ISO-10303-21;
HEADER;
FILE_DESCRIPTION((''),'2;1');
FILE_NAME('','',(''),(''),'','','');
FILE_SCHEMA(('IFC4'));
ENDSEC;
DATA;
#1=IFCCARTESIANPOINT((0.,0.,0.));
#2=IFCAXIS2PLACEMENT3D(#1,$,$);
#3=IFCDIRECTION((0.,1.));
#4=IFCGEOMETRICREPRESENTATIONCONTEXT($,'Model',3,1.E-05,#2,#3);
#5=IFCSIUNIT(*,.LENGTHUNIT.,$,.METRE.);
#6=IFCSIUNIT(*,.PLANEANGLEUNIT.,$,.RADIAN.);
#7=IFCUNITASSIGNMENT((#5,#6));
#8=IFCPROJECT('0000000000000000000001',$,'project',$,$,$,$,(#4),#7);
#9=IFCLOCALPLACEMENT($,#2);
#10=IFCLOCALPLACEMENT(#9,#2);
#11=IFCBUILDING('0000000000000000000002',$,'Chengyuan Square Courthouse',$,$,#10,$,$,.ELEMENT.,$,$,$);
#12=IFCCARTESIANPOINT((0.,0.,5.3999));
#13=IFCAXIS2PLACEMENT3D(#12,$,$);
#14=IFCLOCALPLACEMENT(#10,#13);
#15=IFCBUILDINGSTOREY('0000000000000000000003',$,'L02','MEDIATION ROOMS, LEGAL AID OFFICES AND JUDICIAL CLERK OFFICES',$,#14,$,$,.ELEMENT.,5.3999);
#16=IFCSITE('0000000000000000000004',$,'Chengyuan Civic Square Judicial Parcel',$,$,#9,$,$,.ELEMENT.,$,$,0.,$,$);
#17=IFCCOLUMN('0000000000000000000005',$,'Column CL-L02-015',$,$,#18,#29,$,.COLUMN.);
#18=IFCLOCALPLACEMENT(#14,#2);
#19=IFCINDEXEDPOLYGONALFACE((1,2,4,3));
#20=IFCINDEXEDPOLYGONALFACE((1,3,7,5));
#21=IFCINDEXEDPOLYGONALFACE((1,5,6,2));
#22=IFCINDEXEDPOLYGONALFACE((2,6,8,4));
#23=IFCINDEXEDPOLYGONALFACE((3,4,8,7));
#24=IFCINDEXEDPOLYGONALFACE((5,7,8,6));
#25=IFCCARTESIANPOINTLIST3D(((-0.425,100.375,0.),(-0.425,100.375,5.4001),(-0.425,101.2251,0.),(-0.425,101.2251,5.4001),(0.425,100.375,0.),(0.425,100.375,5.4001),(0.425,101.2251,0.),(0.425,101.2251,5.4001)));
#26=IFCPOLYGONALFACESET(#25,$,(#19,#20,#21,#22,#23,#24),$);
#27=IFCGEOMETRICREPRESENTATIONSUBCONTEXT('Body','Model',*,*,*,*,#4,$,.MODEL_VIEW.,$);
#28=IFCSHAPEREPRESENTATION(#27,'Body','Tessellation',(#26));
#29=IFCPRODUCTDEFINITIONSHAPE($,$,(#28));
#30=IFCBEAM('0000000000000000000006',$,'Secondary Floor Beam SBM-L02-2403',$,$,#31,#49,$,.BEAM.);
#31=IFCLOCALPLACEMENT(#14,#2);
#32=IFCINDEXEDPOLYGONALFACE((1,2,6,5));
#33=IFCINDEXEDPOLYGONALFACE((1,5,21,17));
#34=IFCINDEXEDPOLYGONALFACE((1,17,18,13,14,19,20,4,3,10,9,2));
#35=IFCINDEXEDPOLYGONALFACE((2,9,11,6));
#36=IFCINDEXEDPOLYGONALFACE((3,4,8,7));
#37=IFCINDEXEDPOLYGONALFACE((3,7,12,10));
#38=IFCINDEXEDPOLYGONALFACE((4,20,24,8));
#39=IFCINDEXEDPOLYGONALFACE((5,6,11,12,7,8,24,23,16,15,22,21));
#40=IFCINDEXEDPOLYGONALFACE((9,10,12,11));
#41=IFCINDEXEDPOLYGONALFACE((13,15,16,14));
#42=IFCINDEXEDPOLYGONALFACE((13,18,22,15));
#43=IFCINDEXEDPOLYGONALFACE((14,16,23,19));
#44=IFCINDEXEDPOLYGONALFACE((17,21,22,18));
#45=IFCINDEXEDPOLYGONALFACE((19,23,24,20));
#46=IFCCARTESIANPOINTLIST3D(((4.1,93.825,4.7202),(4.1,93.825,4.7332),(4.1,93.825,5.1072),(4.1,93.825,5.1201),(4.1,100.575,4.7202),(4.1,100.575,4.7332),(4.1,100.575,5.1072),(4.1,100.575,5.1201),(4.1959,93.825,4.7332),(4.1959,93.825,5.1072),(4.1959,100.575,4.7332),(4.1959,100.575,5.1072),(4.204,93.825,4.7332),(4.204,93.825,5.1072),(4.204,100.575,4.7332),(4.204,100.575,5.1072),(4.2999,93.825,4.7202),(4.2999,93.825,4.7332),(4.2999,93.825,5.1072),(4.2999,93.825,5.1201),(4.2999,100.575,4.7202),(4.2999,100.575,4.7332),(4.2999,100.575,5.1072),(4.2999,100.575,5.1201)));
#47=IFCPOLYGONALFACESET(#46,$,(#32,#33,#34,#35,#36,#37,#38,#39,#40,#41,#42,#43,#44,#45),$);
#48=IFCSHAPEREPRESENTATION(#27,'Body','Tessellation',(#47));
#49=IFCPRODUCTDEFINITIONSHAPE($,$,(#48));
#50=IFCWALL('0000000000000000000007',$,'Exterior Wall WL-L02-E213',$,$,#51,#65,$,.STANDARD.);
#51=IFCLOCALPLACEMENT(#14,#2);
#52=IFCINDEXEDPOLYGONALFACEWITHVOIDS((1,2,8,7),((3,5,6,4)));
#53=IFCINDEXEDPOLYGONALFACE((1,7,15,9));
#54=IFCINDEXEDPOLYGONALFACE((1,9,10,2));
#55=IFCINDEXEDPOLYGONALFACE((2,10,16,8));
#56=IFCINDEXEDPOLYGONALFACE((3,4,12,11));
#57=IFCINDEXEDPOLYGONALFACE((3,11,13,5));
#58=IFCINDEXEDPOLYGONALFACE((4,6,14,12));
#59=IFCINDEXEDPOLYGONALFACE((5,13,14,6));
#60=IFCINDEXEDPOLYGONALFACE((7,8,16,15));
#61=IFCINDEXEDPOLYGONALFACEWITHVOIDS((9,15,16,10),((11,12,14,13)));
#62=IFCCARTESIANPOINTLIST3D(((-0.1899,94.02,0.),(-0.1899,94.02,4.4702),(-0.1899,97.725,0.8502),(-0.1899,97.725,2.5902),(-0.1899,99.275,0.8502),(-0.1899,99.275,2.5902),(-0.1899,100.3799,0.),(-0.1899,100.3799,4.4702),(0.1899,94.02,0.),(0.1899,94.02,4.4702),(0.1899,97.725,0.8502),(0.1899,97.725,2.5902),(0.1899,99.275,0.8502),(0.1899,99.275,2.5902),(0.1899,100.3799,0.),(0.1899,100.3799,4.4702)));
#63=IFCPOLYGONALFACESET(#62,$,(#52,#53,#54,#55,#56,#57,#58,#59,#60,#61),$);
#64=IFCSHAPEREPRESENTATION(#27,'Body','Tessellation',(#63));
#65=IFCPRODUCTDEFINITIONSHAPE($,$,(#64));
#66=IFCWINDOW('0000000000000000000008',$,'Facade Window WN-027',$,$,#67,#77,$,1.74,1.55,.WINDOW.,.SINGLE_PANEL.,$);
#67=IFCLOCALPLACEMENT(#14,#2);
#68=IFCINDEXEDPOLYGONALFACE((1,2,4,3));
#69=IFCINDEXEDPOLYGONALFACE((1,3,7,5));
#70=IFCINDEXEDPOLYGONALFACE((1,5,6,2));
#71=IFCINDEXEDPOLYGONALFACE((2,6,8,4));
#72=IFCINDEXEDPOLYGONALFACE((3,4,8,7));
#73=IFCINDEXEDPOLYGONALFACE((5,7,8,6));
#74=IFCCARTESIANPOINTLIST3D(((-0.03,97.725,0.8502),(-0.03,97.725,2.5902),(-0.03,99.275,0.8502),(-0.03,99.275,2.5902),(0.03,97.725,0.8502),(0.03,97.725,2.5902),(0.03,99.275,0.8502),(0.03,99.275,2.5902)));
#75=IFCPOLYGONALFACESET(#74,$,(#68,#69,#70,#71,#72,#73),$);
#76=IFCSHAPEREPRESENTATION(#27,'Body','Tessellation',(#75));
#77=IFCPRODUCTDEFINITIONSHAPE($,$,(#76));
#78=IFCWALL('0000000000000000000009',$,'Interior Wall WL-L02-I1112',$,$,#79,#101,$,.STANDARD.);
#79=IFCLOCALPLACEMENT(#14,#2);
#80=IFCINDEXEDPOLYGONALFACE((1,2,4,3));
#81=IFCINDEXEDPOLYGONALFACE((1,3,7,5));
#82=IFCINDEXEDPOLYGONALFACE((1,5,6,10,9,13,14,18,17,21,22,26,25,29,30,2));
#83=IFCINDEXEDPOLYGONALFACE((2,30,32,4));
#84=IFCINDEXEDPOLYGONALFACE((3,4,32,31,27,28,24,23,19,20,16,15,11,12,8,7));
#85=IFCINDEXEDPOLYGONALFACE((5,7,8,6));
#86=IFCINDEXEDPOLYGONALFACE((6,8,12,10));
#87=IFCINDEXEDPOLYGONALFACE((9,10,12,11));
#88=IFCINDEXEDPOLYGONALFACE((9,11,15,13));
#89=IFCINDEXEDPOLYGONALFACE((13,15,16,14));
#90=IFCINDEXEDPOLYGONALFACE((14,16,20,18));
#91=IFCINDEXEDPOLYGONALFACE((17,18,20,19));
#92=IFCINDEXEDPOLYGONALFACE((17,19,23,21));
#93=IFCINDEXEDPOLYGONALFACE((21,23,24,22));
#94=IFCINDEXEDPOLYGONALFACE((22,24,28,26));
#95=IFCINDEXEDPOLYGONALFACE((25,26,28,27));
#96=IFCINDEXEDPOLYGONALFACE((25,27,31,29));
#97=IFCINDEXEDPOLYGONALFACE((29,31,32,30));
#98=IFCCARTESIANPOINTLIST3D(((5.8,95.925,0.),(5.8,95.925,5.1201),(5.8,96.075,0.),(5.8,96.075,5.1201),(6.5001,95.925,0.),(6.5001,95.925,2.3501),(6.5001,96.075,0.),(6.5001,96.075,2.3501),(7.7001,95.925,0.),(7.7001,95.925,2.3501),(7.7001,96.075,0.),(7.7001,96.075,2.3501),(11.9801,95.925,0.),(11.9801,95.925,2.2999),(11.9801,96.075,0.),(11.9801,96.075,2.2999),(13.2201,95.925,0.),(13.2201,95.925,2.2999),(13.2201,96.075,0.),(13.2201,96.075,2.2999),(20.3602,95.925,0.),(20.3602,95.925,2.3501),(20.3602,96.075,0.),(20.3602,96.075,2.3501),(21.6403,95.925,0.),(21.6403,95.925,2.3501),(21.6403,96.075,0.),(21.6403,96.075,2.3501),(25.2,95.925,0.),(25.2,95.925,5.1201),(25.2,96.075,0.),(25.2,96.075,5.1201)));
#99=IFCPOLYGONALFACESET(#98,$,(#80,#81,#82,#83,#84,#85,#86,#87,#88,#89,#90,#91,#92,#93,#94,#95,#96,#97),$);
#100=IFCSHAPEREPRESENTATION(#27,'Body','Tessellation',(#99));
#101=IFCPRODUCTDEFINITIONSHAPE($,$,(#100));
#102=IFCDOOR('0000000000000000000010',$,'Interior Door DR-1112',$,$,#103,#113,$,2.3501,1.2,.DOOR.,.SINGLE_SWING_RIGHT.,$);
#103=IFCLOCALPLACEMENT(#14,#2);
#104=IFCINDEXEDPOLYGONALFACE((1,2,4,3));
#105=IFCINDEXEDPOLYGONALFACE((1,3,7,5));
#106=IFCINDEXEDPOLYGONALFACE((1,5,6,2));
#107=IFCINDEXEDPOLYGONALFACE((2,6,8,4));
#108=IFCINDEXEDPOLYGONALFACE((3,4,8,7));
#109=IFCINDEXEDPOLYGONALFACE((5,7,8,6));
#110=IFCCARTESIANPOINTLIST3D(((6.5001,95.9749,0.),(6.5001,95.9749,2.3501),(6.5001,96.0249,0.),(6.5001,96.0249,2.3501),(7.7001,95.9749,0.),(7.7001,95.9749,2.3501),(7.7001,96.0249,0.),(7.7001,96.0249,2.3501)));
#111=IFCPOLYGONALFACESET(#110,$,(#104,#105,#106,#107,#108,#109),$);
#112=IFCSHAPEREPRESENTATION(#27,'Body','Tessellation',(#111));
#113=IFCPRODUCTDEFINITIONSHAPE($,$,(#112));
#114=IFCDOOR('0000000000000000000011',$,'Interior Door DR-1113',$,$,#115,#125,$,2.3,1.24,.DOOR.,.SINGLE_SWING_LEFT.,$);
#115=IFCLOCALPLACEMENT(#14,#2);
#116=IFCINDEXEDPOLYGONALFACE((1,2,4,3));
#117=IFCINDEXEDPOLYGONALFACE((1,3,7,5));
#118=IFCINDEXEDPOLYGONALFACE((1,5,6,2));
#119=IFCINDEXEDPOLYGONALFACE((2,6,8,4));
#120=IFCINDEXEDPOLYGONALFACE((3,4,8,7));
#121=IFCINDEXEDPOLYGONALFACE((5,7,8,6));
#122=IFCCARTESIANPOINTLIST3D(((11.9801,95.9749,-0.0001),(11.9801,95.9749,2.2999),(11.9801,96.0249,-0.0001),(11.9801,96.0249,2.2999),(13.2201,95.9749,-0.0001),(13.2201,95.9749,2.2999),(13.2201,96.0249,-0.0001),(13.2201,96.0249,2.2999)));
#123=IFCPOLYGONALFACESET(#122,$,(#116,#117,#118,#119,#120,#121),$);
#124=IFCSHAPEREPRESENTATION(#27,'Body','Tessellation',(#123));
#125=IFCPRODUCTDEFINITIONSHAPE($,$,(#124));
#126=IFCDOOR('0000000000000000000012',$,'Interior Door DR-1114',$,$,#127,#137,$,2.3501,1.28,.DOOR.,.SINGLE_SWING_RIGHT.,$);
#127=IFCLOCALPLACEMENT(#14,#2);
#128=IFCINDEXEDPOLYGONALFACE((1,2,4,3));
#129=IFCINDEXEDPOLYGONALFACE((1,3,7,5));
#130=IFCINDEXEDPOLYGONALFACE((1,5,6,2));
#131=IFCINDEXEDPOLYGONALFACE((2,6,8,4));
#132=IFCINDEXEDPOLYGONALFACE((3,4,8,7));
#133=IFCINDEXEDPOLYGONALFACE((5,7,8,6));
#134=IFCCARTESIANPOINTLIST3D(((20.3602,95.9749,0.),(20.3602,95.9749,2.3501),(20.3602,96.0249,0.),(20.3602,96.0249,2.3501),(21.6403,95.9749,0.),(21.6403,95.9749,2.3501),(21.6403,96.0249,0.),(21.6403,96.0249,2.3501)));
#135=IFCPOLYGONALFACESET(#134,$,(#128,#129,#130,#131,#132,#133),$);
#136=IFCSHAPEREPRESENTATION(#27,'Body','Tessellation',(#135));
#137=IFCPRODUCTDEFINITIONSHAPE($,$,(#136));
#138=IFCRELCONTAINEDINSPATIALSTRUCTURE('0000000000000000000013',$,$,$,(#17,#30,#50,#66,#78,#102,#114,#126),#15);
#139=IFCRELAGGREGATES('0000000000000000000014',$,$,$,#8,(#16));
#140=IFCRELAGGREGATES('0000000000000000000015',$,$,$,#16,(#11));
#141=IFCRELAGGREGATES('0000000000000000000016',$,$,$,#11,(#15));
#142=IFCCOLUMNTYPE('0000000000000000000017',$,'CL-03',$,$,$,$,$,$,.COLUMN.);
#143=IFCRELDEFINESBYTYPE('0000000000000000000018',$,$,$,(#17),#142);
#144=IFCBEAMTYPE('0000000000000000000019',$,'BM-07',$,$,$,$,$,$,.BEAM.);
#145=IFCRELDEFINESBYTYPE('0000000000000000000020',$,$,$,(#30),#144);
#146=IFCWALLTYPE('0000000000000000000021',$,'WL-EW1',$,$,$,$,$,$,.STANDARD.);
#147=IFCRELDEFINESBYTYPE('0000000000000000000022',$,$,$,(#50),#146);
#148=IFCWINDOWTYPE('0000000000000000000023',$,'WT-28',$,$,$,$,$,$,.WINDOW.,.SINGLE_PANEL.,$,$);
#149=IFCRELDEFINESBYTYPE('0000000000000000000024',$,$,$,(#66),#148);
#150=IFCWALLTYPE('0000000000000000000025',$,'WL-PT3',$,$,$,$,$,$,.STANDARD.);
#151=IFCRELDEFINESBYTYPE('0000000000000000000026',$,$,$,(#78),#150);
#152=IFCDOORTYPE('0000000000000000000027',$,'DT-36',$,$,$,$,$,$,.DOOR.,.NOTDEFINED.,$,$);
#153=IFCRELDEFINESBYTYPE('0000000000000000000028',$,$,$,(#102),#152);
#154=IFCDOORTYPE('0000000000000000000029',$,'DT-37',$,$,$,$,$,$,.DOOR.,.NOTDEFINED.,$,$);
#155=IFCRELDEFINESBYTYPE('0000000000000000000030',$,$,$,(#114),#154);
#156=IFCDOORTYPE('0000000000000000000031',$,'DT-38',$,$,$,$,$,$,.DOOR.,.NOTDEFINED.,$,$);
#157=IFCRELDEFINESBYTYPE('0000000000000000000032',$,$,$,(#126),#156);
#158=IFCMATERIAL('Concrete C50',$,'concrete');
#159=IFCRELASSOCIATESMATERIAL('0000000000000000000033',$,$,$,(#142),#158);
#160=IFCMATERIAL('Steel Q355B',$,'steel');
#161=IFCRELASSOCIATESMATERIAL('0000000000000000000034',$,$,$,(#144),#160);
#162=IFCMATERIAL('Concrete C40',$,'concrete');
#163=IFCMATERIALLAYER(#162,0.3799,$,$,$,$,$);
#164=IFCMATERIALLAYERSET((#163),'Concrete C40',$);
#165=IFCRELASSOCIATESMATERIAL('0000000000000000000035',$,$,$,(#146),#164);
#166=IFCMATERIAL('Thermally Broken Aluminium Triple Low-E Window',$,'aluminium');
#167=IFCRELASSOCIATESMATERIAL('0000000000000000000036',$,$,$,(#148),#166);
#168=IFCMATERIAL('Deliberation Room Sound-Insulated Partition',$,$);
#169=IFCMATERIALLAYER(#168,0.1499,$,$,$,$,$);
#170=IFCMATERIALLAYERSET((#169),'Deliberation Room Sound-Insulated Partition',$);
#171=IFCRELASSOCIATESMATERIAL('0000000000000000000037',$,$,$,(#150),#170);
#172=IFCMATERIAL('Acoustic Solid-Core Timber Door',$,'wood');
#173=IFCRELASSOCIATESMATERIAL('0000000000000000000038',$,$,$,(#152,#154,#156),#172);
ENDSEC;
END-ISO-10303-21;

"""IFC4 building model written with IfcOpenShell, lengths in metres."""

from ifc_helpers import new_model, si_unit, direction, frame, frame_2d, origin, origin_2d, place, context, subcontext, project, spatial, rectangle, i_section, extrude, material, layer, layer_set, material_profile, profile_set, type_object, element, fill, save


model = new_model("IFC4")

# Units and contexts
model_context = context("Model", 3, precision=1e-05, world=origin(), true_north=direction((0.0, 1.0)))
body_context = subcontext(model_context, "Body", "Model", "MODEL_VIEW")
ifc_project = project(units=[si_unit("LENGTHUNIT", "METRE"), si_unit("PLANEANGLEUNIT", "RADIAN")], contexts=[model_context])

# Site, building, storey
site_placement = place(None, origin())
site = spatial("IfcSite", under=ifc_project, at=site_placement, Name="Chengyuan Civic Square Judicial Parcel", CompositionType="ELEMENT", RefElevation=0.0)
building_placement = place(site_placement, origin())
building = spatial("IfcBuilding", under=site, at=building_placement, Name="Chengyuan Square Courthouse", CompositionType="ELEMENT")
storey_placement = place(building_placement, frame((0.0, 0.0, 5.3999)))
storey = spatial("IfcBuildingStorey", under=building, at=storey_placement, Name="L02", Description="MEDIATION ROOMS, LEGAL AID OFFICES AND JUDICIAL CLERK OFFICES", CompositionType="ELEMENT", Elevation=5.3999)

# Column
ifc_material_1 = material(Name="Concrete C50", Category="concrete")
ifc_material_profile_1 = material_profile(ifc_material_1, rectangle(XDim=0.8501, YDim=0.8501, at=origin_2d()), Name="RC-COL-850x850")
ifc_profile_set_1 = profile_set([ifc_material_profile_1], Name="Concrete C50")
column_type = type_object("IfcColumnType", Name="CL-03", PredefinedType="COLUMN", material=ifc_profile_set_1)
column_placement = place(storey_placement, frame((0.0, 100.8, 0.0), z_axis=(0.0, 0.0, 1.0), x_axis=(1.0, 0.0, 0.0)))
element("IfcColumn", 1, at=column_placement, inside=storey, type_object=column_type, Name="Column CL-L02-015", PredefinedType="COLUMN", context=body_context, shape_type="SweptSolid", body=[
    extrude(rectangle(XDim=0.8501, YDim=0.8501, at=origin_2d()), origin(), (0.0, 0.0, 1.0), 5.4001),
])

# Beam
ifc_material_2 = material(Name="Steel Q355B", Category="steel")
ifc_material_profile_2 = material_profile(ifc_material_2, i_section(OverallWidth=0.2, OverallDepth=0.3999, WebThickness=0.0081, FlangeThickness=0.0129, at=origin_2d()), Name="HN 400x200x8x13")
ifc_profile_set_2 = profile_set([ifc_material_profile_2], Name="Steel Q355B")
beam_type = type_object("IfcBeamType", Name="BM-07", PredefinedType="BEAM", material=ifc_profile_set_2)
beam_placement = place(storey_placement, frame((4.2, 93.825, 4.9202), z_axis=(0.0, 1.0, 0.0), x_axis=(-1.0, 0.0, 0.0)))
element("IfcBeam", 2, at=beam_placement, inside=storey, type_object=beam_type, Name="Secondary Floor Beam SBM-L02-2403", PredefinedType="BEAM", context=body_context, shape_type="SweptSolid", body=[
    extrude(i_section(OverallWidth=0.2, OverallDepth=0.3999, WebThickness=0.0081, FlangeThickness=0.0129, at=origin_2d()), origin(), (0.0, 0.0, 1.0), 6.75),
])

# Wall, opening, window
ifc_material_3 = material(Name="Concrete C40", Category="concrete")
ifc_layer_1 = layer(ifc_material_3, 0.3799)
ifc_layer_set_1 = layer_set([ifc_layer_1], Name="Concrete C40")
wall_type_1 = type_object("IfcWallType", Name="WL-EW1", PredefinedType="STANDARD", material=ifc_layer_set_1)
wall_1_placement = place(storey_placement, frame((0.0, 94.02, 0.0), z_axis=(0.0, 0.0, 1.0), x_axis=(0.0, 1.0, 0.0)))
wall_1 = element("IfcWall", 3, at=wall_1_placement, inside=storey, type_object=wall_type_1, Name="Exterior Wall WL-L02-E213", PredefinedType="STANDARD", context=body_context, shape_type="SweptSolid", body=[
    extrude(rectangle(XDim=6.3599, YDim=0.3799, at=frame_2d((3.1799, 0.0))), origin(), (0.0, 0.0, 1.0), 4.4702),
])
opening_1_placement = place(wall_1_placement, frame((3.7051, 0.0, 0.8501)))
opening_1 = element("IfcOpeningElement", 4, at=opening_1_placement, cuts=wall_1, PredefinedType="OPENING", context=body_context, shape_type="SweptSolid", body=[
    extrude(rectangle(XDim=1.55, YDim=1.74, at=frame_2d((0.7749, 0.8701))), frame((0.0, 0.2019, 0.0), z_axis=(0.0, -1.0, 0.0), x_axis=(1.0, 0.0, 0.0)), (0.0, 0.0, 1.0), 0.4038),
])
ifc_material_4 = material(Name="Thermally Broken Aluminium Triple Low-E Window", Category="aluminium")
window_type = type_object("IfcWindowType", Name="WT-28", PartitioningType="SINGLE_PANEL", PredefinedType="WINDOW", material=ifc_material_4)
window_placement = place(opening_1_placement, origin())
window = element("IfcWindow", 5, at=window_placement, inside=storey, type_object=window_type, Name="Facade Window WN-027", OverallHeight=1.74, OverallWidth=1.55, PartitioningType="SINGLE_PANEL", PredefinedType="WINDOW", context=body_context, shape_type="SweptSolid", body=[
    extrude(rectangle(XDim=1.55, YDim=1.74, at=frame_2d((0.7749, 0.8701))), frame((0.0, 0.03, 0.0), z_axis=(0.0, -1.0, 0.0), x_axis=(1.0, 0.0, 0.0)), (0.0, 0.0, 1.0), 0.0601),
])
fill(opening_1, window)

# Wall, openings, doors
ifc_material_5 = material(Name="Deliberation Room Sound-Insulated Partition")
ifc_layer_2 = layer(ifc_material_5, 0.1499)
ifc_layer_set_2 = layer_set([ifc_layer_2], Name="Deliberation Room Sound-Insulated Partition")
wall_type_2 = type_object("IfcWallType", Name="WL-PT3", PredefinedType="STANDARD", material=ifc_layer_set_2)
wall_2_placement = place(storey_placement, frame((5.8, 96.0, 0.0), z_axis=(0.0, 0.0, 1.0), x_axis=(1.0, 0.0, 0.0)))
wall_2 = element("IfcWall", 6, at=wall_2_placement, inside=storey, type_object=wall_type_2, Name="Interior Wall WL-L02-I1112", PredefinedType="STANDARD", context=body_context, shape_type="SweptSolid", body=[
    extrude(rectangle(XDim=19.3999, YDim=0.1499, at=frame_2d((9.7, 0.0))), origin(), (0.0, 0.0, 1.0), 5.1201),
])
opening_2_placement = place(wall_2_placement, frame((0.7, 0.0, 0.0)))
opening_2 = element("IfcOpeningElement", 7, at=opening_2_placement, cuts=wall_2, PredefinedType="OPENING", context=body_context, shape_type="SweptSolid", body=[
    extrude(rectangle(XDim=1.2, YDim=2.3501, at=frame_2d((0.6001, 1.175))), frame((0.0, 0.0869, 0.0), z_axis=(0.0, -1.0, 0.0), x_axis=(1.0, 0.0, 0.0)), (0.0, 0.0, 1.0), 0.1738),
])
opening_3_placement = place(wall_2_placement, frame((6.1799, 0.0, 0.0)))
opening_3 = element("IfcOpeningElement", 8, at=opening_3_placement, cuts=wall_2, PredefinedType="OPENING", context=body_context, shape_type="SweptSolid", body=[
    extrude(rectangle(XDim=1.24, YDim=2.3, at=frame_2d((0.6201, 1.1499))), frame((0.0, 0.0869, 0.0), z_axis=(0.0, -1.0, 0.0), x_axis=(1.0, 0.0, 0.0)), (0.0, 0.0, 1.0), 0.1738),
])
opening_4_placement = place(wall_2_placement, frame((14.5601, 0.0, 0.0)))
opening_4 = element("IfcOpeningElement", 9, at=opening_4_placement, cuts=wall_2, PredefinedType="OPENING", context=body_context, shape_type="SweptSolid", body=[
    extrude(rectangle(XDim=1.28, YDim=2.3501, at=frame_2d((0.6401, 1.175))), frame((0.0, 0.0869, 0.0), z_axis=(0.0, -1.0, 0.0), x_axis=(1.0, 0.0, 0.0)), (0.0, 0.0, 1.0), 0.1738),
])
ifc_material_6 = material(Name="Acoustic Solid-Core Timber Door", Category="wood")
door_type_1 = type_object("IfcDoorType", Name="DT-36", OperationType="NOTDEFINED", PredefinedType="DOOR", material=ifc_material_6)
door_1_placement = place(opening_2_placement, origin())
door_1 = element("IfcDoor", 10, at=door_1_placement, inside=storey, type_object=door_type_1, Name="Interior Door DR-1112", OperationType="SINGLE_SWING_RIGHT", OverallHeight=2.3501, OverallWidth=1.2, PredefinedType="DOOR", context=body_context, shape_type="SweptSolid", body=[
    extrude(rectangle(XDim=1.2, YDim=2.3501, at=frame_2d((0.6001, 1.175))), frame((0.0, 0.0249, 0.0), z_axis=(0.0, -1.0, 0.0), x_axis=(1.0, 0.0, 0.0)), (0.0, 0.0, 1.0), 0.05),
])
fill(opening_2, door_1)
door_type_2 = type_object("IfcDoorType", Name="DT-37", OperationType="NOTDEFINED", PredefinedType="DOOR", material=ifc_material_6)
door_2_placement = place(opening_3_placement, origin())
door_2 = element("IfcDoor", 11, at=door_2_placement, inside=storey, type_object=door_type_2, Name="Interior Door DR-1113", OperationType="SINGLE_SWING_LEFT", OverallHeight=2.3, OverallWidth=1.24, PredefinedType="DOOR", context=body_context, shape_type="SweptSolid", body=[
    extrude(rectangle(XDim=1.24, YDim=2.3, at=frame_2d((0.6201, 1.1499))), frame((0.0, 0.0249, 0.0), z_axis=(0.0, -1.0, 0.0), x_axis=(1.0, 0.0, 0.0)), (0.0, 0.0, 1.0), 0.05),
])
fill(opening_3, door_2)
door_type_3 = type_object("IfcDoorType", Name="DT-38", OperationType="NOTDEFINED", PredefinedType="DOOR", material=ifc_material_6)
door_3_placement = place(opening_4_placement, origin())
door_3 = element("IfcDoor", 12, at=door_3_placement, inside=storey, type_object=door_type_3, Name="Interior Door DR-1114", OperationType="SINGLE_SWING_RIGHT", OverallHeight=2.3501, OverallWidth=1.28, PredefinedType="DOOR", context=body_context, shape_type="SweptSolid", body=[
    extrude(rectangle(XDim=1.28, YDim=2.3501, at=frame_2d((0.6401, 1.175))), frame((0.0, 0.0249, 0.0), z_axis=(0.0, -1.0, 0.0), x_axis=(1.0, 0.0, 0.0)), (0.0, 0.0, 1.0), 0.05),
])
fill(opening_4, door_3)

save(model, "model.ifc")
